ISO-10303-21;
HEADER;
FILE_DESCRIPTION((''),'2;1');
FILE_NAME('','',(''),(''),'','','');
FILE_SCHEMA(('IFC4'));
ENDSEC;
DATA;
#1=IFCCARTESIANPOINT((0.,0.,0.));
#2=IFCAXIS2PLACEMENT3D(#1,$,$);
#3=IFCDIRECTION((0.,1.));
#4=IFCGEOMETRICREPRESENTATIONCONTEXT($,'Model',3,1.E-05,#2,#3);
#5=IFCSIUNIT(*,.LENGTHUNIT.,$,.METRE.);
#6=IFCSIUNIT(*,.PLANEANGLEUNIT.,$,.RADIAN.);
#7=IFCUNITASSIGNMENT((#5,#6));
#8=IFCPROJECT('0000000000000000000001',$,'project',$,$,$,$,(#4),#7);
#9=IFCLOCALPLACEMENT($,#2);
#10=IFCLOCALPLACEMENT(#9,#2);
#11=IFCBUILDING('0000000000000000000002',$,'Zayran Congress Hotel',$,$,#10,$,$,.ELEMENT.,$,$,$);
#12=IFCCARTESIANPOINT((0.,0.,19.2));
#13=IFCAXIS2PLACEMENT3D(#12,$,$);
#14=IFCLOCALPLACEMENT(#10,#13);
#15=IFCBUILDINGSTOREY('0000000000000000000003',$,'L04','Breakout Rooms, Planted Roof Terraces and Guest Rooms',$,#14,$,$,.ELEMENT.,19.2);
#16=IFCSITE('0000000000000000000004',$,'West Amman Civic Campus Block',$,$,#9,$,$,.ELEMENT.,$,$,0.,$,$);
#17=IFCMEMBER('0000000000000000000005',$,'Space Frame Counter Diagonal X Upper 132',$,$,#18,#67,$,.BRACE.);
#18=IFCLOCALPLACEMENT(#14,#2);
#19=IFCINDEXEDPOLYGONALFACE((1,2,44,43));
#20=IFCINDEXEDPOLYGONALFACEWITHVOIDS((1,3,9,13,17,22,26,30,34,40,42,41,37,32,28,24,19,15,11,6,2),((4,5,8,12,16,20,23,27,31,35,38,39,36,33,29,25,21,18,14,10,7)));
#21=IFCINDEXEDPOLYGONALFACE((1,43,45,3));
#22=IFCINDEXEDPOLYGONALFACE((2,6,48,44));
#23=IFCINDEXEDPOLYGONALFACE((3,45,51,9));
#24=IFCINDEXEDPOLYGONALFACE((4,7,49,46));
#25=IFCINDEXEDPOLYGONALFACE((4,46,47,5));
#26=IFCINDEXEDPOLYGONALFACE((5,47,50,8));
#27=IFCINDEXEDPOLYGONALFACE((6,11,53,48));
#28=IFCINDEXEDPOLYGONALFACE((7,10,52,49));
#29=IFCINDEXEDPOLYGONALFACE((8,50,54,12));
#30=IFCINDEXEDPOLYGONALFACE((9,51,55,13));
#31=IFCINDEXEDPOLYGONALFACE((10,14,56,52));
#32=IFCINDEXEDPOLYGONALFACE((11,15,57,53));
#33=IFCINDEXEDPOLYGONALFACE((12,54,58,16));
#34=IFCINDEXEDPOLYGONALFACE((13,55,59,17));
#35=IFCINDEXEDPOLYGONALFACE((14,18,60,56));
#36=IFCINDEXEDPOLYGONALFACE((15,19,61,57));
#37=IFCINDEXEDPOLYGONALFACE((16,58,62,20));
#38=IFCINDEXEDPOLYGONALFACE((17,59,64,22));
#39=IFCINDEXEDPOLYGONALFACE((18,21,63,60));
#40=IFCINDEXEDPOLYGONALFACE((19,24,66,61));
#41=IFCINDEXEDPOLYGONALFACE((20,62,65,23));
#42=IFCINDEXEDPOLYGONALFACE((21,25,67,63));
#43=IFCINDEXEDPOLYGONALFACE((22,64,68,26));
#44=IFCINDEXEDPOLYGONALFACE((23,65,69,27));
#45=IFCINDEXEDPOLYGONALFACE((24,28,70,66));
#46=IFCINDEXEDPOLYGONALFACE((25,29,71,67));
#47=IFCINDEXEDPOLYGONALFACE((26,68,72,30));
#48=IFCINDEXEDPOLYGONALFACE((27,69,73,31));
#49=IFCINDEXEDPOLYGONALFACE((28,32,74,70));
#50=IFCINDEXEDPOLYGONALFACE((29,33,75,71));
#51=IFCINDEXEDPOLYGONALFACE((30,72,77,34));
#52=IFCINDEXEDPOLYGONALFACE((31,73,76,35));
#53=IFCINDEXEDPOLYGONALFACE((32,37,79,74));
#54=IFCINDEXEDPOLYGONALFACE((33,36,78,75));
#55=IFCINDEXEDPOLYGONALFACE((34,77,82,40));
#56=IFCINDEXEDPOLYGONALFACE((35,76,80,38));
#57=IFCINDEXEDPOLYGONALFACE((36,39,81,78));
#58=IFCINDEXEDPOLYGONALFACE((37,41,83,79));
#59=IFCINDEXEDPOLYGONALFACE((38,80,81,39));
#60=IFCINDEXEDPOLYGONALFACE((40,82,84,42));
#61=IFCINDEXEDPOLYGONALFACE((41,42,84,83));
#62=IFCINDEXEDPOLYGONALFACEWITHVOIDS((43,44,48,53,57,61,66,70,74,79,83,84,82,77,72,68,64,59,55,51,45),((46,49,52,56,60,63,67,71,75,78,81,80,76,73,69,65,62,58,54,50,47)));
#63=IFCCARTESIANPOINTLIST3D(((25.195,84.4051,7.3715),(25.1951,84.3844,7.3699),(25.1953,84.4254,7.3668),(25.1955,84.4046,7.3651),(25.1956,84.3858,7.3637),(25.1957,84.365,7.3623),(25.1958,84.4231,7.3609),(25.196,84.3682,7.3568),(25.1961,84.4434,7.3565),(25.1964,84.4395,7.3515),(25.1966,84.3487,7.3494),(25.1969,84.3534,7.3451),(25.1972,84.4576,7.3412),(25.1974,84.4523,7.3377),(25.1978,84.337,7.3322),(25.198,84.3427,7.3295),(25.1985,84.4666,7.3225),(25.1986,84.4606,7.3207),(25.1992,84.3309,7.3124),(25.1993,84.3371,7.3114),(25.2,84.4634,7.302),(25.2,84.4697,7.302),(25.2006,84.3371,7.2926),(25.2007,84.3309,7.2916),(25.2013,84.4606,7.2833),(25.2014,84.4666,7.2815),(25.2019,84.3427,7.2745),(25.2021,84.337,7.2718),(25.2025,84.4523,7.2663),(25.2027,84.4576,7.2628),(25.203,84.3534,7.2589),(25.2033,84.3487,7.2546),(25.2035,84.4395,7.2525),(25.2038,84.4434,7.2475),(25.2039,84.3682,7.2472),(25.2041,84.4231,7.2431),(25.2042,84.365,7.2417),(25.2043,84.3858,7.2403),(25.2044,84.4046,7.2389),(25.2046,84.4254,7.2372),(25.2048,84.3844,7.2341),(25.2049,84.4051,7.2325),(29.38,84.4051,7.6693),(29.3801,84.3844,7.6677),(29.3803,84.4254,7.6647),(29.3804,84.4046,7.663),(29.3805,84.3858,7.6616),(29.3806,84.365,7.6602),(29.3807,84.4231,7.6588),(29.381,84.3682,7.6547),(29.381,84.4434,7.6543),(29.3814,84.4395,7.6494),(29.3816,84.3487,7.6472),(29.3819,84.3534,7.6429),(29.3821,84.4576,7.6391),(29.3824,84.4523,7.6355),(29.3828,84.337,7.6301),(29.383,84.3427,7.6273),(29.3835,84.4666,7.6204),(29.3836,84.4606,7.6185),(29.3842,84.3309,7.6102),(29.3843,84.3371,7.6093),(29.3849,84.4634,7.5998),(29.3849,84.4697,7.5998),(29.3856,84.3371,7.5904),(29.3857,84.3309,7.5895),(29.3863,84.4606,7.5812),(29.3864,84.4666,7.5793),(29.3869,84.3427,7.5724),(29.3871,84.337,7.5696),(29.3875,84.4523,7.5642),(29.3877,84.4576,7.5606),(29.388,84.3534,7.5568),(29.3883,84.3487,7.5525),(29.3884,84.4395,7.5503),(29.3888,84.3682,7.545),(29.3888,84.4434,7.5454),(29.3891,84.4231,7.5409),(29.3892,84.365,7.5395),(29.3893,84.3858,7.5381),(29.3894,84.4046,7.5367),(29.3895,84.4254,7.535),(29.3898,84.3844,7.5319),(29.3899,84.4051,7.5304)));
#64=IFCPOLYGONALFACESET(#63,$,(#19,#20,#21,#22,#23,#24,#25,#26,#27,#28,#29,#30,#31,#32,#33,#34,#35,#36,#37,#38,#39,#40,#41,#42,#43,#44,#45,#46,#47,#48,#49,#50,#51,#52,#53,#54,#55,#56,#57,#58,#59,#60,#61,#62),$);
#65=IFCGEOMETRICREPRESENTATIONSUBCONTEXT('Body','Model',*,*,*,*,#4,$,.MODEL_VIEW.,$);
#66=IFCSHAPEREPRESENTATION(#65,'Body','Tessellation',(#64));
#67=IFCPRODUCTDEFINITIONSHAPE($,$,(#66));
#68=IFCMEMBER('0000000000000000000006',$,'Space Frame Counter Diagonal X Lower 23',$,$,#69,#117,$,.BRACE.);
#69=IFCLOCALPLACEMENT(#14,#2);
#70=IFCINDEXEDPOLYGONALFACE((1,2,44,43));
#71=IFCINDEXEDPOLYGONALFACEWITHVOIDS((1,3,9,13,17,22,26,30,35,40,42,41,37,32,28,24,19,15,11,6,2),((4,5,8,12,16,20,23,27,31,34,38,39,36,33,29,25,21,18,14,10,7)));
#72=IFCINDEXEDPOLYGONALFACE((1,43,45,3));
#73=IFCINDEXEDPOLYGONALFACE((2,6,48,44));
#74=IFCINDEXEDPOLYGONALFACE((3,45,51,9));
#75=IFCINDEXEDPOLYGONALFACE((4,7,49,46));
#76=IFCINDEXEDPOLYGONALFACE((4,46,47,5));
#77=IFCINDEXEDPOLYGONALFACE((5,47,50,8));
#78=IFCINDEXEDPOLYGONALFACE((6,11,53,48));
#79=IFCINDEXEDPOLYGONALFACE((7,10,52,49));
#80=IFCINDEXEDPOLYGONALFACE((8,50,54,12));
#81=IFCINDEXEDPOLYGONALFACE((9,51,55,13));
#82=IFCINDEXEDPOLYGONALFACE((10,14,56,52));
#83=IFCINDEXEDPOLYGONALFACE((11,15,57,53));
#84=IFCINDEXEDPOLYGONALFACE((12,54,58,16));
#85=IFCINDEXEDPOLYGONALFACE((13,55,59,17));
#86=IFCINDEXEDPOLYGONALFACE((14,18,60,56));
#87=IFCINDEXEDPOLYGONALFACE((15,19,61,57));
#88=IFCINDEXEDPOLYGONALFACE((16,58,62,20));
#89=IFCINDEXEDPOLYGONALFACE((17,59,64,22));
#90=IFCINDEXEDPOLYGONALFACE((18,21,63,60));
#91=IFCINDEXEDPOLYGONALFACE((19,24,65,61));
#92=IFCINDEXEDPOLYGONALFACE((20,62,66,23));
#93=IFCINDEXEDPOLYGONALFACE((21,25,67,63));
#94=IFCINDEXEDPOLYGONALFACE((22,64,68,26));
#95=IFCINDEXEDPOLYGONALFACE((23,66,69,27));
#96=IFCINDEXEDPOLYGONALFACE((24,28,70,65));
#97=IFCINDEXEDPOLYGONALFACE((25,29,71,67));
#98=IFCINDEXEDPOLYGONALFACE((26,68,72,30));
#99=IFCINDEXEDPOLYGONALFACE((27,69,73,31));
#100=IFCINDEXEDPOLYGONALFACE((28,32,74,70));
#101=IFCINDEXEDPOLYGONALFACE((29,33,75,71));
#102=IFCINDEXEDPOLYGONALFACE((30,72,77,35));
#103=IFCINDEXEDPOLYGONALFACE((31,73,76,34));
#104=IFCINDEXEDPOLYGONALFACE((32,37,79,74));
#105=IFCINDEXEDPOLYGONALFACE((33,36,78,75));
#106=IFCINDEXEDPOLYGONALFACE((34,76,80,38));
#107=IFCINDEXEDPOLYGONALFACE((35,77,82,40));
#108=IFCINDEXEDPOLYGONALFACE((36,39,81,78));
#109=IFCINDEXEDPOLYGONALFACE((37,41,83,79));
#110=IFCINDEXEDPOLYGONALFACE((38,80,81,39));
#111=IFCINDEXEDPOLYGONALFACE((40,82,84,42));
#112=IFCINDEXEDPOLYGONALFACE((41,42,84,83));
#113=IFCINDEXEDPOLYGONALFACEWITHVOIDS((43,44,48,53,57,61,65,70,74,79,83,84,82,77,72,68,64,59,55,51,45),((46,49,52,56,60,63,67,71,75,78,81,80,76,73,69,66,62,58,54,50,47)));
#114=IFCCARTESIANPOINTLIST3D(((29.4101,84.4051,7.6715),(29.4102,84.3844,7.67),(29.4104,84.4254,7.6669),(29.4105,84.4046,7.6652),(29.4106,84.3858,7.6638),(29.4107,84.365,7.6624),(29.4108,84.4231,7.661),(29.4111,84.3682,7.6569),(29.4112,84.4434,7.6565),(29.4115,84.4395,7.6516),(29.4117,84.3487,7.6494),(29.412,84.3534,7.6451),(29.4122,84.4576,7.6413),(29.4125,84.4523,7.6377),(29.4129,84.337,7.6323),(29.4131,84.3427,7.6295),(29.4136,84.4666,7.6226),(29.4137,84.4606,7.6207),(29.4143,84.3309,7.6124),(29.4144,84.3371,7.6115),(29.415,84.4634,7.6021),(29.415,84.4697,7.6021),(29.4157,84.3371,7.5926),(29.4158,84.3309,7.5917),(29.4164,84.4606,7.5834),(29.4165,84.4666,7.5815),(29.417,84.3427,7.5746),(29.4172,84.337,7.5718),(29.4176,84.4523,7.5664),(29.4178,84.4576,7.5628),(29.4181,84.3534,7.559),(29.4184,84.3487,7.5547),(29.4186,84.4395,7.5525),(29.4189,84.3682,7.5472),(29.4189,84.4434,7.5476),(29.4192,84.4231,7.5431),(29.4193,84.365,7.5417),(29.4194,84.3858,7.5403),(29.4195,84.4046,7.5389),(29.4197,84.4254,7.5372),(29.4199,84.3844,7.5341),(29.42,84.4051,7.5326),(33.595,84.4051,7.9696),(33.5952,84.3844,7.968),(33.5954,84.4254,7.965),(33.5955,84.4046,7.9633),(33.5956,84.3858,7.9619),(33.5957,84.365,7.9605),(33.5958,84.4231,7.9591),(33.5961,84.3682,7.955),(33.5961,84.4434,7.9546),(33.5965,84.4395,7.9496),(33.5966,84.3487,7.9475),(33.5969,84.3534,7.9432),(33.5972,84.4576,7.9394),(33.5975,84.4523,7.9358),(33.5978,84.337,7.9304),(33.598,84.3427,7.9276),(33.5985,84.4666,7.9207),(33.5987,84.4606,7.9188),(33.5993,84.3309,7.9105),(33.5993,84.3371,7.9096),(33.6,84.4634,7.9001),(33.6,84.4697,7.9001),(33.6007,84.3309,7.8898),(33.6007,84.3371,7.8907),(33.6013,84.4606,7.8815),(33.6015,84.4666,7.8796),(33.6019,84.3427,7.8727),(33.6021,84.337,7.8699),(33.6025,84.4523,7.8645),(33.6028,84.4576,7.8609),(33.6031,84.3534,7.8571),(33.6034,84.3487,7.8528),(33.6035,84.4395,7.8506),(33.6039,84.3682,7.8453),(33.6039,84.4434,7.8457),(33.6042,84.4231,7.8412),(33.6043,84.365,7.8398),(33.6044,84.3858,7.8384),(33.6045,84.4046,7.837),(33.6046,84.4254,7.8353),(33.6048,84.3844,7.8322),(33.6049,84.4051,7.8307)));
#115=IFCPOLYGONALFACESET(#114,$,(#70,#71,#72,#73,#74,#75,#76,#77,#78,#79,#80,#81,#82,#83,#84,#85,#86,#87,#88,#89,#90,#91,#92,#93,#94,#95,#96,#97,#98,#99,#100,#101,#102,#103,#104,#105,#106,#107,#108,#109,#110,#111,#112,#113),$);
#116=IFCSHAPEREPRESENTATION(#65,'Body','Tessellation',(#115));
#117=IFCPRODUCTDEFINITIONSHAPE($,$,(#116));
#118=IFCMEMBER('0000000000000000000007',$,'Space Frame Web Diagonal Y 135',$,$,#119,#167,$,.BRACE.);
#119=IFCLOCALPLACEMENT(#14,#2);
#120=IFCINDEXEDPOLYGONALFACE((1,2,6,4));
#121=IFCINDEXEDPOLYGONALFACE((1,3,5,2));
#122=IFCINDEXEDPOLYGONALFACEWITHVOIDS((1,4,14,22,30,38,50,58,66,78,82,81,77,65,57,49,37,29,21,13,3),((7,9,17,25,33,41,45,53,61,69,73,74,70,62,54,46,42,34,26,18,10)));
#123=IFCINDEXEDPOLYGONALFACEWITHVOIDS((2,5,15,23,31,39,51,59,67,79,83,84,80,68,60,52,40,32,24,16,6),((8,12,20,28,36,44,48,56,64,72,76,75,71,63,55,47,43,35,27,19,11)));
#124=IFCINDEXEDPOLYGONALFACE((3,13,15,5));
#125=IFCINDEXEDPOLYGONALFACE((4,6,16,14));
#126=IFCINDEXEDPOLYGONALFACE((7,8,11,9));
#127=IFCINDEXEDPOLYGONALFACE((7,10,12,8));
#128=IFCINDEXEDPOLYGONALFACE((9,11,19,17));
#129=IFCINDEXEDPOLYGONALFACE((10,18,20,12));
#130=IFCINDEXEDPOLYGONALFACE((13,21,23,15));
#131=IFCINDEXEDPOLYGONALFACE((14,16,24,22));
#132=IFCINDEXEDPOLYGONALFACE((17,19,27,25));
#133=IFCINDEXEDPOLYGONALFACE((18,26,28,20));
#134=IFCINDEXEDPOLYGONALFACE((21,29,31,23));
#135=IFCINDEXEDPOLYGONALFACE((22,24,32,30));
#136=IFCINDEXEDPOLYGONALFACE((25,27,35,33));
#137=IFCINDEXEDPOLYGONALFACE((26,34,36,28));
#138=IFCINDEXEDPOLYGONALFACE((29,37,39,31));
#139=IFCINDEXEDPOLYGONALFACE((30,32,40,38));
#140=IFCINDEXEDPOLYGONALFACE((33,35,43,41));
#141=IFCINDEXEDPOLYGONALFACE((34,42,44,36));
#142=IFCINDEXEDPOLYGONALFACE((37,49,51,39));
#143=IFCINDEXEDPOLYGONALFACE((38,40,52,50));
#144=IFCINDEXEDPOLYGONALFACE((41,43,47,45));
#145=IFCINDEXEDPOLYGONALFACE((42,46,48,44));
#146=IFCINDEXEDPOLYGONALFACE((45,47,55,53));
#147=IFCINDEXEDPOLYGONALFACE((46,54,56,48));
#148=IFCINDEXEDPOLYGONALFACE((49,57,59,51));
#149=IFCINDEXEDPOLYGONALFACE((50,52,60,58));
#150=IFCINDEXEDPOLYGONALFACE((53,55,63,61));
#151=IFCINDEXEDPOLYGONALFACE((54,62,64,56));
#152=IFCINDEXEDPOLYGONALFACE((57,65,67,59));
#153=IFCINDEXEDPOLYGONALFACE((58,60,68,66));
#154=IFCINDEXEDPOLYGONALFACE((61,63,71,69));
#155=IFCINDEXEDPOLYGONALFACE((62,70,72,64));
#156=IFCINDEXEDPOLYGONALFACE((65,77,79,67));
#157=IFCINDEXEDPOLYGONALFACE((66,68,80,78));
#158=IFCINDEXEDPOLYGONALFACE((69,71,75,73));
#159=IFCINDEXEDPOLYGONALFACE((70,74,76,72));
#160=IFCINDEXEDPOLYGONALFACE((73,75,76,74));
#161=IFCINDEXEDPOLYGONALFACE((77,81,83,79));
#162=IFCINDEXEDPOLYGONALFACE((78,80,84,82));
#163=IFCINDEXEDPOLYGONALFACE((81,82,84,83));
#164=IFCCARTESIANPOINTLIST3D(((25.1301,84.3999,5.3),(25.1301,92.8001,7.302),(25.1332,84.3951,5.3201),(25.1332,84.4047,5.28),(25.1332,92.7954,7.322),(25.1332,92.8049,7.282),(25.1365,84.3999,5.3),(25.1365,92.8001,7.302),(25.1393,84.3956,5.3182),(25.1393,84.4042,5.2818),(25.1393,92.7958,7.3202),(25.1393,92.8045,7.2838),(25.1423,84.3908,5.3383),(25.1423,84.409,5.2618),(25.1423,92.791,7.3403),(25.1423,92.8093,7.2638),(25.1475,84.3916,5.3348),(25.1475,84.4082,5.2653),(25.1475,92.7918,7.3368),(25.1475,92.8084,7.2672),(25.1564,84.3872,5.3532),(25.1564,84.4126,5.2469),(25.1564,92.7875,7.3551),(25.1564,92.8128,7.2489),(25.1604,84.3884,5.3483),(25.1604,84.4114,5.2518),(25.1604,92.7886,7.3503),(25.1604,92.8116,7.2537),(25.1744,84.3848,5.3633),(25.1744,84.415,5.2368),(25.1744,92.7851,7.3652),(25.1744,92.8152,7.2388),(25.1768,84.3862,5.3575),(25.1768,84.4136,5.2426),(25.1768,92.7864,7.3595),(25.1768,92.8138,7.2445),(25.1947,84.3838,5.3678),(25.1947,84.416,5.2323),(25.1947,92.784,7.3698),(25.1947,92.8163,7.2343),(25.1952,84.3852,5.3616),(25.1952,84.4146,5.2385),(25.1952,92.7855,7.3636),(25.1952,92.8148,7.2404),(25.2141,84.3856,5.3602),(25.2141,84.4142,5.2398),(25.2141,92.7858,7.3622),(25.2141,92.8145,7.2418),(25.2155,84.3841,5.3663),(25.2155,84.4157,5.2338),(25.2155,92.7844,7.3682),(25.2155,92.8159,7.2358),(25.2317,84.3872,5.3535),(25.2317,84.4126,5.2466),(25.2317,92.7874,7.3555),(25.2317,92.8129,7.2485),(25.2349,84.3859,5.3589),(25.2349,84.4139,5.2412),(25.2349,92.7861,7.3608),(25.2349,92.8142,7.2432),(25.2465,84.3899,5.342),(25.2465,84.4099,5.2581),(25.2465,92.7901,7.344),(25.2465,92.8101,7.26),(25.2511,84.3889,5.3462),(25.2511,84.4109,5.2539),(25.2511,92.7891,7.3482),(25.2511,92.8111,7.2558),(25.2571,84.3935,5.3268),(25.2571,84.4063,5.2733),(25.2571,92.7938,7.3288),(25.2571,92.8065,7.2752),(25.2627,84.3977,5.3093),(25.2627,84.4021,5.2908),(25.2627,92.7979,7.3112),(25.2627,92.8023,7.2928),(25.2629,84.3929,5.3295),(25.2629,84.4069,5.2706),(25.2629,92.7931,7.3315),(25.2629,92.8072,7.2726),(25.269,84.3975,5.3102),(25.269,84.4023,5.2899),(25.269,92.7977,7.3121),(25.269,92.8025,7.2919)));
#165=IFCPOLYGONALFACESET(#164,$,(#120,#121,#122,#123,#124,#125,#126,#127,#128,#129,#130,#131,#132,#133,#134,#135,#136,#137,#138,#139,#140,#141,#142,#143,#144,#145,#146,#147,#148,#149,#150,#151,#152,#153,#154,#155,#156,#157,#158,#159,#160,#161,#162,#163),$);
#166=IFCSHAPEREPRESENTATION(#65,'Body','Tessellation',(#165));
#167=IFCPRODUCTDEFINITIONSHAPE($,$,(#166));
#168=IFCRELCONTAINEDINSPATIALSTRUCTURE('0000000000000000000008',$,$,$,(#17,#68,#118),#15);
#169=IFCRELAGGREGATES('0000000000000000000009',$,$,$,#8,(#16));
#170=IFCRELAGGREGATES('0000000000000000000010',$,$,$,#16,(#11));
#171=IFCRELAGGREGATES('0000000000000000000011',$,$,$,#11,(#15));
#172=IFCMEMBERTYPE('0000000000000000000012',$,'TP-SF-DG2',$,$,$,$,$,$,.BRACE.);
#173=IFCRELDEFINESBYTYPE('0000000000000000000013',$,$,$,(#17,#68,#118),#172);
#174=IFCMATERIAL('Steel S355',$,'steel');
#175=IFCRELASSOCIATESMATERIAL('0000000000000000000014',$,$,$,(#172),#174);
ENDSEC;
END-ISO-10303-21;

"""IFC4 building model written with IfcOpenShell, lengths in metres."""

from ifc_helpers import new_model, si_unit, direction, frame, origin, origin_2d, place, context, subcontext, project, spatial, hollow_circle, extrude, material, material_profile, profile_set, type_object, element, save


model = new_model("IFC4")

# Units and contexts
model_context = context("Model", 3, precision=1e-05, world=origin(), true_north=direction((0.0, 1.0)))
body_context = subcontext(model_context, "Body", "Model", "MODEL_VIEW")
ifc_project = project(units=[si_unit("LENGTHUNIT", "METRE"), si_unit("PLANEANGLEUNIT", "RADIAN")], contexts=[model_context])

# Site, building, storey
site_placement = place(None, origin())
site = spatial("IfcSite", under=ifc_project, at=site_placement, Name="West Amman Civic Campus Block", CompositionType="ELEMENT", RefElevation=0.0)
building_placement = place(site_placement, origin())
building = spatial("IfcBuilding", under=site, at=building_placement, Name="Zayran Congress Hotel", CompositionType="ELEMENT")
storey_placement = place(building_placement, frame((0.0, 0.0, 19.2)))
storey = spatial("IfcBuildingStorey", under=building, at=storey_placement, Name="L04", Description="Breakout Rooms, Planted Roof Terraces and Guest Rooms", CompositionType="ELEMENT", Elevation=19.2)

# Members
ifc_material_1 = material(Name="Steel S355", Category="steel")
ifc_material_profile_1 = material_profile(ifc_material_1, hollow_circle(Radius=0.0698, WallThickness=0.0063, at=origin_2d()), Name="CHS 139.7x6.3")
ifc_profile_set_1 = profile_set([ifc_material_profile_1], Name="Steel S355")
member_type_1 = type_object("IfcMemberType", Name="TP-SF-DG2", PredefinedType="BRACE", material=ifc_profile_set_1)
for number, where, z_axis, x_axis, name in (
    (1, (25.2, 84.3999, 7.302), (0.997477, 0.0, 0.070991), (0.0, 1.0, 0.0), "Space Frame Counter Diagonal X Upper 132"),
    (2, (29.415, 84.3999, 7.6021), (0.997473, 0.0, 0.071049), (0.0, 1.0, 0.0), "Space Frame Counter Diagonal X Lower 23"),
):
    element("IfcMember", number, at=place(storey_placement, frame(where, z_axis=z_axis, x_axis=x_axis)), inside=storey, type_object=member_type_1, Name=name, PredefinedType="BRACE", context=body_context, shape_type="SweptSolid", body=[
        extrude(hollow_circle(Radius=0.0698, WallThickness=0.0063, at=origin_2d()), origin(), (0.0, 0.0, 1.0), 4.1956),
    ])
member_1_placement = place(storey_placement, frame((25.2, 84.3999, 5.3), z_axis=(0.0, 0.972756, 0.231831), x_axis=(-1.0, 0.0, 0.0)))
element("IfcMember", 3, at=member_1_placement, inside=storey, type_object=member_type_1, Name="Space Frame Web Diagonal Y 135", PredefinedType="BRACE", context=body_context, shape_type="SweptSolid", body=[
    extrude(hollow_circle(Radius=0.0698, WallThickness=0.0063, at=origin_2d()), origin(), (0.0, 0.0, 1.0), 8.6355),
])

save(model, "model.ifc")
